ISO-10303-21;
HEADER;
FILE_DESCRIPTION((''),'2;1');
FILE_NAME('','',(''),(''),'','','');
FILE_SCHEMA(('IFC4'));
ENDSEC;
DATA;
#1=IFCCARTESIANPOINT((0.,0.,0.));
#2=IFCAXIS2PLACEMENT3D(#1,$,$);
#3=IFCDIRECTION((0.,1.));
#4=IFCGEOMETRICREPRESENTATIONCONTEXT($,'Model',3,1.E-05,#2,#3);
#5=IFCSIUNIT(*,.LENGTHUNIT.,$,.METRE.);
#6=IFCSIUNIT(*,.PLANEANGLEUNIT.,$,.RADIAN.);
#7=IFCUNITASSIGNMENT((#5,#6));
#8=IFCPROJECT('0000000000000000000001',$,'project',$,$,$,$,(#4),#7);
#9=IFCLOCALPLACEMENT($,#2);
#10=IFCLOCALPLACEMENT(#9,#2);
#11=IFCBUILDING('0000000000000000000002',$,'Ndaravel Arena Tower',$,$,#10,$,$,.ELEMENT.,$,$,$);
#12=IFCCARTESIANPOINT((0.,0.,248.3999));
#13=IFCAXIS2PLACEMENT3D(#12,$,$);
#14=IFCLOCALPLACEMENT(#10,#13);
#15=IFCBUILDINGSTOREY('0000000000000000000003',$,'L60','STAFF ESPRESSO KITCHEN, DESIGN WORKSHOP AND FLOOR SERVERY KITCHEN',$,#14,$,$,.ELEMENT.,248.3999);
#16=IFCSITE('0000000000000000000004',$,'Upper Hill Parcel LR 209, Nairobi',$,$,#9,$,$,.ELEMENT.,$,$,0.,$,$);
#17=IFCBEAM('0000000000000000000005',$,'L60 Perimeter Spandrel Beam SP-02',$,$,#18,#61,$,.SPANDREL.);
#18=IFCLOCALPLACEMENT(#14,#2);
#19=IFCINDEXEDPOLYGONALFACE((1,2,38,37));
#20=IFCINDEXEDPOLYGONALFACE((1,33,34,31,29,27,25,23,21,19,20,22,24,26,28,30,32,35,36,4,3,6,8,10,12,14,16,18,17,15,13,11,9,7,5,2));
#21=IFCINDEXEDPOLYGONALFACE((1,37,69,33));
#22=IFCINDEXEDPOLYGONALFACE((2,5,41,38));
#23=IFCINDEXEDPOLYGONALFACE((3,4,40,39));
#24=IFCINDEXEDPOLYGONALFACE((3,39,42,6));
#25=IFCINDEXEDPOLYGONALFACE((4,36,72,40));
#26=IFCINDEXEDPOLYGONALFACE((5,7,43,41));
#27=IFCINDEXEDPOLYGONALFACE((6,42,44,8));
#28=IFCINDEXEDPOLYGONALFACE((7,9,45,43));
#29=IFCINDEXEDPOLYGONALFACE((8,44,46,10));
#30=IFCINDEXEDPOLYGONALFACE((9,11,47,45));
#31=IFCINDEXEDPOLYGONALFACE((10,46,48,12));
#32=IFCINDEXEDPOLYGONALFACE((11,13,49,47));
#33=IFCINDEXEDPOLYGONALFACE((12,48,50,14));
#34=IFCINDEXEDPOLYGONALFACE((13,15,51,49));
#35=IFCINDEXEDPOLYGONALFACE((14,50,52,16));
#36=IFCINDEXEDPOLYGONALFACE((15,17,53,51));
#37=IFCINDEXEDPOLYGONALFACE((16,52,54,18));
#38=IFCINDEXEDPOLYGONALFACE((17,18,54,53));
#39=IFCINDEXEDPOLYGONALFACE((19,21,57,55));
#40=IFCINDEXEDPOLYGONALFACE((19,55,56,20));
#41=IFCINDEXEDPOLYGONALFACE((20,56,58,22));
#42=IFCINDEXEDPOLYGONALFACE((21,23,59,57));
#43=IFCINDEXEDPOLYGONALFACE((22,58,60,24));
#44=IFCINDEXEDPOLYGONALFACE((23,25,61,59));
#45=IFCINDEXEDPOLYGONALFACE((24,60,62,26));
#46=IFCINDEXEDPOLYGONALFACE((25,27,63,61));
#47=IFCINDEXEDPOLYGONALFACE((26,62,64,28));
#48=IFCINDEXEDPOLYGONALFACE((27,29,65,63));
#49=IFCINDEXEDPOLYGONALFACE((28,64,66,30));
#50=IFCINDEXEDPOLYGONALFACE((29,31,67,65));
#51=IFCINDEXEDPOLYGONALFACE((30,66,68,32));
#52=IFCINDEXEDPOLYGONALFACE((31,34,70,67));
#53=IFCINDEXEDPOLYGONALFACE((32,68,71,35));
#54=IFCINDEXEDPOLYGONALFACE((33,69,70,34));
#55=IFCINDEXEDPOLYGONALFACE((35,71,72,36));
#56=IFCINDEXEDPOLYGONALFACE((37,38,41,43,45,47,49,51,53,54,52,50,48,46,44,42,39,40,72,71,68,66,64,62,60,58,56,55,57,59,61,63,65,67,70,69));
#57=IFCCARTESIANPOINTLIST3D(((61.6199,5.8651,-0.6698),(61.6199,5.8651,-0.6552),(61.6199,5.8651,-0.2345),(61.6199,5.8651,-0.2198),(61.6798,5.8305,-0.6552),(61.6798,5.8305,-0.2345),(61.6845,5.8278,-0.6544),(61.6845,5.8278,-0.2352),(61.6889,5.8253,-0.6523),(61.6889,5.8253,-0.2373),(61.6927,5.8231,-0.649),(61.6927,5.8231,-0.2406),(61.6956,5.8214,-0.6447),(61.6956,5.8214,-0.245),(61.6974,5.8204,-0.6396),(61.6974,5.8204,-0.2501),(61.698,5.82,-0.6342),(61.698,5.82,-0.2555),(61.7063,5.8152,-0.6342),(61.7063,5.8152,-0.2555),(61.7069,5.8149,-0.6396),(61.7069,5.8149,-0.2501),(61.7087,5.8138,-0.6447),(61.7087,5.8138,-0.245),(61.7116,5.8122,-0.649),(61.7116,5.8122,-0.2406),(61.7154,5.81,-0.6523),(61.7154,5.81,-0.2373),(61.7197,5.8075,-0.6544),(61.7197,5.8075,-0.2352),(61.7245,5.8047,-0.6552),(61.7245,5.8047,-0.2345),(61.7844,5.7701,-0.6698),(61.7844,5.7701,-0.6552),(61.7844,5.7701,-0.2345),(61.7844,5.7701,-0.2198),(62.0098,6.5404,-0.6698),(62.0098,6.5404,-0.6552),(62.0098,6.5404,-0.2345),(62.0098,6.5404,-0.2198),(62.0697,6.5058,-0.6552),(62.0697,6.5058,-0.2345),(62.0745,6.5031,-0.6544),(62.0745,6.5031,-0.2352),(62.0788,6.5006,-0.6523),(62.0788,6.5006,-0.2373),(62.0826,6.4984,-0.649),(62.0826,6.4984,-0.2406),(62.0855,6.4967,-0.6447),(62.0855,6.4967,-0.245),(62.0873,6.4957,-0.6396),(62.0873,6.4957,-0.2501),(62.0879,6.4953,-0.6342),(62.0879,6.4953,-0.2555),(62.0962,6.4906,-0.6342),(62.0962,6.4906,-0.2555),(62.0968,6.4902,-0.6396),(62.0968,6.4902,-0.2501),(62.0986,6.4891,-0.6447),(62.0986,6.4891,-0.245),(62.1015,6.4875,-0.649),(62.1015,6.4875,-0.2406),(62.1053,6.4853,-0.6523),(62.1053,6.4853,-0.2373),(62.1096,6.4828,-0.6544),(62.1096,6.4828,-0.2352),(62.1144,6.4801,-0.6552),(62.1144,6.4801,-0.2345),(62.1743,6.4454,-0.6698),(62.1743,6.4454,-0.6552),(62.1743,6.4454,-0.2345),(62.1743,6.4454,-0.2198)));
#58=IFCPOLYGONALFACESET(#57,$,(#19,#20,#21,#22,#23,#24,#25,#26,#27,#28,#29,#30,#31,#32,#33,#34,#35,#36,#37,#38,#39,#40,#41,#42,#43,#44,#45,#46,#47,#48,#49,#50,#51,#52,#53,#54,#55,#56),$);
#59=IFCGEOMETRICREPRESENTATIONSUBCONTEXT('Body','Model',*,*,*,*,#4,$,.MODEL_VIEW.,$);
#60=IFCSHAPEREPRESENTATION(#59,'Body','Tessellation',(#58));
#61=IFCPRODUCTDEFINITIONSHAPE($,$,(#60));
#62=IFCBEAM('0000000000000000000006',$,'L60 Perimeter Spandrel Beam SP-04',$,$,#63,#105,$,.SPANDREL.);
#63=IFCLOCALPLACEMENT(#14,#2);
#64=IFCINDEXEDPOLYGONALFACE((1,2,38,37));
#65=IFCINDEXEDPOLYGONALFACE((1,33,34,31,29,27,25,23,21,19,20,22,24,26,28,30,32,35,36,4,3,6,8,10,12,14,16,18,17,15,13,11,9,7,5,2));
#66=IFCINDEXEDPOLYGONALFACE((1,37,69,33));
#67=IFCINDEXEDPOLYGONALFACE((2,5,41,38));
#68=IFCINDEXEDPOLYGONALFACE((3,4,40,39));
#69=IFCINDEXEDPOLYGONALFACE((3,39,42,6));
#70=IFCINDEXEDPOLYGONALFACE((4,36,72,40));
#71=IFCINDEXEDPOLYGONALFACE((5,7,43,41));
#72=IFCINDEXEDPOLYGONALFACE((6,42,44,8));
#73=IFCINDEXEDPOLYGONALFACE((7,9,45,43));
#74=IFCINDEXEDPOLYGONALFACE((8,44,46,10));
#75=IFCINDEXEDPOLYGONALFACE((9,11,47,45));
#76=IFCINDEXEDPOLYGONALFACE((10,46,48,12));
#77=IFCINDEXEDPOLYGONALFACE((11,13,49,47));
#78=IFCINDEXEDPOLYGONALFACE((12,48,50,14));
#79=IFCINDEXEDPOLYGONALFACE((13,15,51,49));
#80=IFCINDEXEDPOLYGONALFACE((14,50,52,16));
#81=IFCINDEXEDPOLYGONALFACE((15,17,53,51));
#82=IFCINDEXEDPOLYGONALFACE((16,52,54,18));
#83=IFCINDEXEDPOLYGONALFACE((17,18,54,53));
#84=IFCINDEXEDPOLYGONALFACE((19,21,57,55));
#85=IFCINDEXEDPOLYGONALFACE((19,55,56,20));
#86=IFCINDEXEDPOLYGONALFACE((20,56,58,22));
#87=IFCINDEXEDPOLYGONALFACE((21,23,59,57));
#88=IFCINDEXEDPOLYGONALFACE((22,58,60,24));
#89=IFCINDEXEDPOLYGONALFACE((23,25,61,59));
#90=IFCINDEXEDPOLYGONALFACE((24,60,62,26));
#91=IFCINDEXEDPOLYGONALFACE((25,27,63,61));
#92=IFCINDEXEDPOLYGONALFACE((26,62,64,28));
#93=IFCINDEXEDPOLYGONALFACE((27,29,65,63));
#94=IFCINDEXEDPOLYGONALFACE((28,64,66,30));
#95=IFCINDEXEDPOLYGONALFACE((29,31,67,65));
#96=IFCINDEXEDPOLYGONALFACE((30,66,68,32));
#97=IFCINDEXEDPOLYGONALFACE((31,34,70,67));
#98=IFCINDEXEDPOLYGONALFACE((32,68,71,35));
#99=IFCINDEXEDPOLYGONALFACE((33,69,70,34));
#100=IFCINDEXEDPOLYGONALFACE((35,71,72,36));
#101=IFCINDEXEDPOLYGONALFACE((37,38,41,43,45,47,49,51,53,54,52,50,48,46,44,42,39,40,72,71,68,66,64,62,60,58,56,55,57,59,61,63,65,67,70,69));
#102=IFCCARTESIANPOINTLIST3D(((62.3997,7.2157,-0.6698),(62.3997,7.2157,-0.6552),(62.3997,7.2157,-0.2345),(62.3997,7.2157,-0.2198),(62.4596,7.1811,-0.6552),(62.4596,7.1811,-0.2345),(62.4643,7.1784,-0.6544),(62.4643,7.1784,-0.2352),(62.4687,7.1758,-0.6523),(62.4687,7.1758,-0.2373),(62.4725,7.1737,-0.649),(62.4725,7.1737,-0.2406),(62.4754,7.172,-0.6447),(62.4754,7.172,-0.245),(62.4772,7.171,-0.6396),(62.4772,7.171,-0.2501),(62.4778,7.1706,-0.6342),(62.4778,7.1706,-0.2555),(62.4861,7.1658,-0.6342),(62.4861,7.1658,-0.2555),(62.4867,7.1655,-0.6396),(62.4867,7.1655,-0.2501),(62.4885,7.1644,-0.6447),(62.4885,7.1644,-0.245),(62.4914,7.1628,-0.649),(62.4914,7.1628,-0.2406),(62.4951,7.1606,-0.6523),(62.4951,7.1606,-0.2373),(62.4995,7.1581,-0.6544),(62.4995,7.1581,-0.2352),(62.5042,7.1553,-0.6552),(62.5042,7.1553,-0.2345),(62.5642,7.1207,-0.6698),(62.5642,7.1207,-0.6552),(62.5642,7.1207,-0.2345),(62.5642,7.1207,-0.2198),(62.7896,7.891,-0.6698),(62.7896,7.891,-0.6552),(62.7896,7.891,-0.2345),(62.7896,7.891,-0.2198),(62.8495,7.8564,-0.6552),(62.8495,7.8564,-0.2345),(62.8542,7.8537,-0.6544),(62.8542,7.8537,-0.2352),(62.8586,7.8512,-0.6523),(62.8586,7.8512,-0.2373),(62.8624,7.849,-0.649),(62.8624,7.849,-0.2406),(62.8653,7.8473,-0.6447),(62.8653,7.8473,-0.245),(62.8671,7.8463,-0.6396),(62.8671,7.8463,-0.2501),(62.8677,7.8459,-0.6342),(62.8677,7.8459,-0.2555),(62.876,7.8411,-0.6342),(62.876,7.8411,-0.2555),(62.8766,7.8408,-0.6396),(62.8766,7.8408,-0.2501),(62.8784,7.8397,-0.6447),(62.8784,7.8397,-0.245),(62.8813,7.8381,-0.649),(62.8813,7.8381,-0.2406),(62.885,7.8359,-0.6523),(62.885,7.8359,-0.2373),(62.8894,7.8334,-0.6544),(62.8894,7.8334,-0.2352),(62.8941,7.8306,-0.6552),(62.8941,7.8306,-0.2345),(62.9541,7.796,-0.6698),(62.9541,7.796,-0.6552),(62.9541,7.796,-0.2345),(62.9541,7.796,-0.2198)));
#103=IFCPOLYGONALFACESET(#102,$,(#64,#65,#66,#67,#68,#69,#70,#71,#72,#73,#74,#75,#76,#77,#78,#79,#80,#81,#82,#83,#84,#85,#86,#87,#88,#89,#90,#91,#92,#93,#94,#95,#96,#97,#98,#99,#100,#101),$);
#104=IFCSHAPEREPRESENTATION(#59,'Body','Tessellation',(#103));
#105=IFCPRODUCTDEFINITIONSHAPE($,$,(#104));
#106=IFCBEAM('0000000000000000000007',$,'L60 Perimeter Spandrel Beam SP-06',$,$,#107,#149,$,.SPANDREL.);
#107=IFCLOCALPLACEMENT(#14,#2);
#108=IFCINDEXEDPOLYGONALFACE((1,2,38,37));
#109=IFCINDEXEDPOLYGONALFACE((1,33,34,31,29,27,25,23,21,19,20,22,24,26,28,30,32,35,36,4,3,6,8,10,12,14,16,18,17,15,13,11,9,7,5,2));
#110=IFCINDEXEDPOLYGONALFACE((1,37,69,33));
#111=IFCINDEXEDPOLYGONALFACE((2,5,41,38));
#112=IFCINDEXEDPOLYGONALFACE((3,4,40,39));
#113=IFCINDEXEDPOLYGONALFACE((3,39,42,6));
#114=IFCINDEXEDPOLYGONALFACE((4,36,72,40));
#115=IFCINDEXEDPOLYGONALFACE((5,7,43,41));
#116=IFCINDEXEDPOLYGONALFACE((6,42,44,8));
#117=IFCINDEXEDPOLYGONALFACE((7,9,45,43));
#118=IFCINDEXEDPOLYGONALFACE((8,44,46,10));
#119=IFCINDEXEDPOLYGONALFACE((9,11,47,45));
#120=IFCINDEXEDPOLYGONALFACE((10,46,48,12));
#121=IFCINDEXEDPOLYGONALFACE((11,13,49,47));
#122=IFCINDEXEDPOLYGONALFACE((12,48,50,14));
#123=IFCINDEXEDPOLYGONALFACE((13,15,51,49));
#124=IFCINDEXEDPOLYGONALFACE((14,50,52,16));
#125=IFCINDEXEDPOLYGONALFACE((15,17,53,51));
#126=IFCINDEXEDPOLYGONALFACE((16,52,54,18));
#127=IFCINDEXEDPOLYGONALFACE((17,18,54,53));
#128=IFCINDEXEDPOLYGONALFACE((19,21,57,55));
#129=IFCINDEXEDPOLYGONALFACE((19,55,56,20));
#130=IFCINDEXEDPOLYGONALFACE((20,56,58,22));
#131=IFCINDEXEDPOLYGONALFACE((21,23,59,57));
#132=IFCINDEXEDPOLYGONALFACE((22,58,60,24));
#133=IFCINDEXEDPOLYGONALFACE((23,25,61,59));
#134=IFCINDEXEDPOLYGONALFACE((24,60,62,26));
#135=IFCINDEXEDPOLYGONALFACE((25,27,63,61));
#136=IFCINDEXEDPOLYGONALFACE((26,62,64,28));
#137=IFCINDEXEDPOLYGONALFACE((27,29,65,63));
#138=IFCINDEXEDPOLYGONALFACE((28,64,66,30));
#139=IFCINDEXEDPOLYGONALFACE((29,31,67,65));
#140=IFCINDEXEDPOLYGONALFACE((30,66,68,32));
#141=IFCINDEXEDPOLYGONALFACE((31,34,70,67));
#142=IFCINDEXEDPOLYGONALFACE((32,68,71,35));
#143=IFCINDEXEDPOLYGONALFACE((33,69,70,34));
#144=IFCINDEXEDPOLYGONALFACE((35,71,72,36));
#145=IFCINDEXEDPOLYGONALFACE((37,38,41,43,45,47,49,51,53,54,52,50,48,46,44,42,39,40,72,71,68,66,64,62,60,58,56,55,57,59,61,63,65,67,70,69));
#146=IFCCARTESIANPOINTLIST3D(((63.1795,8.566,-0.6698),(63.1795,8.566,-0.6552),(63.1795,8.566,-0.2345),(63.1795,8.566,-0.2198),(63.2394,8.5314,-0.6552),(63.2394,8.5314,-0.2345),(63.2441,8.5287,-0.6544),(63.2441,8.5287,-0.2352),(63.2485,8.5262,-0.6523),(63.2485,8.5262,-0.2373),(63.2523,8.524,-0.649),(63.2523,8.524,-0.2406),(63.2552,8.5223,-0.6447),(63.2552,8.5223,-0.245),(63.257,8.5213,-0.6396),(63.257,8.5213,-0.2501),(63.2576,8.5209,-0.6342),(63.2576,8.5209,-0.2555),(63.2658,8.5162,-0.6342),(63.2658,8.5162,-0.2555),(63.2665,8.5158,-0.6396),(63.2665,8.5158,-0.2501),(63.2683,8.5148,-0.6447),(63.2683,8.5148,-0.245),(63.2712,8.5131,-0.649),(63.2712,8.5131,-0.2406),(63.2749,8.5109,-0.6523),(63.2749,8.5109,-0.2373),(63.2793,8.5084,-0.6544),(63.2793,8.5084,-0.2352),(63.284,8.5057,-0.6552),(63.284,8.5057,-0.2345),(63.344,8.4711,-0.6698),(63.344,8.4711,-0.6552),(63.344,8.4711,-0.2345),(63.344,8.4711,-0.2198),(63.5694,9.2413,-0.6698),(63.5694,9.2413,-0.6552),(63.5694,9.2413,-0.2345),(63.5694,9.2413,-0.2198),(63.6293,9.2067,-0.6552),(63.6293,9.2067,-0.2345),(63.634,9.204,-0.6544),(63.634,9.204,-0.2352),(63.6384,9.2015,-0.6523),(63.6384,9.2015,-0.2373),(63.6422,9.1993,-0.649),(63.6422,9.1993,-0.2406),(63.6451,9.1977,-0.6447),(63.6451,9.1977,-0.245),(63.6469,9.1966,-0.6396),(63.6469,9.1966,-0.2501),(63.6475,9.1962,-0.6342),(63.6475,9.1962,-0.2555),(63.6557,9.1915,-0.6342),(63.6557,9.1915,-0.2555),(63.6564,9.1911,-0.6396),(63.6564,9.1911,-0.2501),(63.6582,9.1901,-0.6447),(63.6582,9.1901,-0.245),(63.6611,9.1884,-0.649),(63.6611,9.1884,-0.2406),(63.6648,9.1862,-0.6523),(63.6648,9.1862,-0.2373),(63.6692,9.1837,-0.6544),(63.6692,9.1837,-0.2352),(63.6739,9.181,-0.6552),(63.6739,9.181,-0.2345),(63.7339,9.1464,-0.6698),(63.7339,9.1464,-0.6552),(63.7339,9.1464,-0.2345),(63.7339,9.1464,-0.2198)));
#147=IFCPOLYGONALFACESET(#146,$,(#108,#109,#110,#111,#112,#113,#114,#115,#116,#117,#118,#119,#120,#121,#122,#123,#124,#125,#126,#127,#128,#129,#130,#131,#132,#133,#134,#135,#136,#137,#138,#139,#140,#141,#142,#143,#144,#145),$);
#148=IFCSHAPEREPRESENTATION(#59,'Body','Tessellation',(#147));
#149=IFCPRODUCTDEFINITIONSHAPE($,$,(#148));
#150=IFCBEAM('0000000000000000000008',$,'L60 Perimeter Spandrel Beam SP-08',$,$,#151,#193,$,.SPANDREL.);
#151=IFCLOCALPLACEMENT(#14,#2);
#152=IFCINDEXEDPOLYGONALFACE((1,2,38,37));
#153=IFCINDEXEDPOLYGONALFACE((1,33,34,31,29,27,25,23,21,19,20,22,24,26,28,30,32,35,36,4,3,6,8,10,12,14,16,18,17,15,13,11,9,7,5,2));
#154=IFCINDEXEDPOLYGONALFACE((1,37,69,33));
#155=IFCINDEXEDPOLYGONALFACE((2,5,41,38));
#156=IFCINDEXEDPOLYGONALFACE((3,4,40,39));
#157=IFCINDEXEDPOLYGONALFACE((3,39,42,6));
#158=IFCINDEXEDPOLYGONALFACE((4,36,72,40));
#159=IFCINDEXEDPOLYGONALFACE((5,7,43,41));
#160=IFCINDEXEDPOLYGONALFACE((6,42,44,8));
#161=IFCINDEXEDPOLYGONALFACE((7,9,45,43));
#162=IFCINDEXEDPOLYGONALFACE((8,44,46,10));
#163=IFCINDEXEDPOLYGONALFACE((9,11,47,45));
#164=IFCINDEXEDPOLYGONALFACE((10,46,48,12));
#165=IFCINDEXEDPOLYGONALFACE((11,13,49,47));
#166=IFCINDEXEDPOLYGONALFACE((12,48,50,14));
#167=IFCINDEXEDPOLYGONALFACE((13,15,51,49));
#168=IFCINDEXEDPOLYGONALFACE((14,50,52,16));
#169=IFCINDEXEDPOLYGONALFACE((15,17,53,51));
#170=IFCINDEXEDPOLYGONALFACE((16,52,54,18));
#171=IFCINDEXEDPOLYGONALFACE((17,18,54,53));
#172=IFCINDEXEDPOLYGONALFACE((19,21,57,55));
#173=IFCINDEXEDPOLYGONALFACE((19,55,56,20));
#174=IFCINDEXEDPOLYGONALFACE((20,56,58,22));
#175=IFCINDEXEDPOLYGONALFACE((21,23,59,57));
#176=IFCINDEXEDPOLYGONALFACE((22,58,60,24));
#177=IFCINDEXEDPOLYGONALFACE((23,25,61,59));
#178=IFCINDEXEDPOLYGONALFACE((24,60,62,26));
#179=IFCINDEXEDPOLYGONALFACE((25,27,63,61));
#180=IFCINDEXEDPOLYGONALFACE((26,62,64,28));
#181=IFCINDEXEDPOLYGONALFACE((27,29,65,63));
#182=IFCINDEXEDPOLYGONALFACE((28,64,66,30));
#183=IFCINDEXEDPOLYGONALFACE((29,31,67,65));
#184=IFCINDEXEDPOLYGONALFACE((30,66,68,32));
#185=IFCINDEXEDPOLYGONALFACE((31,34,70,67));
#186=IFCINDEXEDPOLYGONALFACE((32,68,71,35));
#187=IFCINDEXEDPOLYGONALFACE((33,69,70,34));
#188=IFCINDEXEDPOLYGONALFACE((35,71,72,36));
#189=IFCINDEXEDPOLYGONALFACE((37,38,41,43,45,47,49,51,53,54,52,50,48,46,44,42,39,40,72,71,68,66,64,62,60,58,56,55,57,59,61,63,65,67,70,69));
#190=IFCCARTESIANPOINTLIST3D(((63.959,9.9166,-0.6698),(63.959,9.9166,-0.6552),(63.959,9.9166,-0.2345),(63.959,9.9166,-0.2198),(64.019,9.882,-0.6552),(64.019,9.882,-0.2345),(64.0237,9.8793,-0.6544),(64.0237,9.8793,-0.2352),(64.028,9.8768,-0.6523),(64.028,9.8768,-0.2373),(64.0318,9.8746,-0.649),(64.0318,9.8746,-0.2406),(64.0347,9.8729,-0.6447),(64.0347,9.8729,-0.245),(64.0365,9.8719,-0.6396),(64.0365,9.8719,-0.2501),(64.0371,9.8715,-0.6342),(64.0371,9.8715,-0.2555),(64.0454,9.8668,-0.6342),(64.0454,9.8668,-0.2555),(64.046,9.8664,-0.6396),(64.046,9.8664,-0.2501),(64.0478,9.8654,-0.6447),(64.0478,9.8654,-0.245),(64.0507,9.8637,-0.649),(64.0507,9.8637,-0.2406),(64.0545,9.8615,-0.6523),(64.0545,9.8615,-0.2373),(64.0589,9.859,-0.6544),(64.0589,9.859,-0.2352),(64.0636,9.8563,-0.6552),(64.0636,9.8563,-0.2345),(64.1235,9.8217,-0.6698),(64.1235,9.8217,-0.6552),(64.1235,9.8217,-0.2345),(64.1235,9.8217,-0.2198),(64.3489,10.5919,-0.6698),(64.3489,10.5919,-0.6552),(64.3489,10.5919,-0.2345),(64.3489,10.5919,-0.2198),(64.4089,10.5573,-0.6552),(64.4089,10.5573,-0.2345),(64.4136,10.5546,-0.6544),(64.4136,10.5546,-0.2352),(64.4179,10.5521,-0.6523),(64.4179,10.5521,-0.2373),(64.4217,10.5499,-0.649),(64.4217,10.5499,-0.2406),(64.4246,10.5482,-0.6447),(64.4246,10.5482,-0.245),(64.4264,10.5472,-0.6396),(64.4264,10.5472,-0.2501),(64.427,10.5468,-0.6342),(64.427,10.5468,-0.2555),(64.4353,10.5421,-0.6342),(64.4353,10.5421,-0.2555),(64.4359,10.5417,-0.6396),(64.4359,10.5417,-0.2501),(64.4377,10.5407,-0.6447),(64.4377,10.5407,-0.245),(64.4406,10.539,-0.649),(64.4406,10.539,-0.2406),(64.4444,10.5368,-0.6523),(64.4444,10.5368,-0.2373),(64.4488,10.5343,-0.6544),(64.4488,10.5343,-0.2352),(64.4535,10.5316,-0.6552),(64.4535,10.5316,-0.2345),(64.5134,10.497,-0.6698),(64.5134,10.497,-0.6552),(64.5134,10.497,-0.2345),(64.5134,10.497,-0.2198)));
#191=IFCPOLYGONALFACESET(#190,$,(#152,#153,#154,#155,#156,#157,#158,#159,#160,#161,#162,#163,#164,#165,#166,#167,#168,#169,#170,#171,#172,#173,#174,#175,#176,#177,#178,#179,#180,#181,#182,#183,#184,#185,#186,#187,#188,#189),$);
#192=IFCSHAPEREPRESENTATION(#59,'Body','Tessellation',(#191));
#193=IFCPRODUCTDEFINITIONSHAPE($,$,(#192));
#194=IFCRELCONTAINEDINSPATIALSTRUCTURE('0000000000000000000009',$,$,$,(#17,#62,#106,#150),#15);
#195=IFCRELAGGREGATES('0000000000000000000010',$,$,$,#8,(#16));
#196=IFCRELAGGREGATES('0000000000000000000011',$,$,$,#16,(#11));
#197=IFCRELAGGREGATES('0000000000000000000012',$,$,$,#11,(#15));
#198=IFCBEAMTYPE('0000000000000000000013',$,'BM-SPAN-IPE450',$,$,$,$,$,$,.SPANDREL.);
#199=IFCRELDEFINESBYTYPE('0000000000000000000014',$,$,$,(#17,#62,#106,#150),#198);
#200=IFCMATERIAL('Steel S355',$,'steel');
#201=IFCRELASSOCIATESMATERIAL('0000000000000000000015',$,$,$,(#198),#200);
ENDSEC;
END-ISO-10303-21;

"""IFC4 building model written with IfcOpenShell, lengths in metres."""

from ifc_helpers import new_model, si_unit, direction, frame, origin, origin_2d, place, context, subcontext, project, spatial, i_section, extrude, material, material_profile, profile_set, type_object, element, save


model = new_model("IFC4")

# Units and contexts
model_context = context("Model", 3, precision=1e-05, world=origin(), true_north=direction((0.0, 1.0)))
body_context = subcontext(model_context, "Body", "Model", "MODEL_VIEW")
ifc_project = project(units=[si_unit("LENGTHUNIT", "METRE"), si_unit("PLANEANGLEUNIT", "RADIAN")], contexts=[model_context])

# Site, building, storey
site_placement = place(None, origin())
site = spatial("IfcSite", under=ifc_project, at=site_placement, Name="Upper Hill Parcel LR 209, Nairobi", CompositionType="ELEMENT", RefElevation=0.0)
building_placement = place(site_placement, origin())
building = spatial("IfcBuilding", under=site, at=building_placement, Name="Ndaravel Arena Tower", CompositionType="ELEMENT")
storey_placement = place(building_placement, frame((0.0, 0.0, 248.3999)))
storey = spatial("IfcBuildingStorey", under=building, at=storey_placement, Name="L60", Description="STAFF ESPRESSO KITCHEN, DESIGN WORKSHOP AND FLOOR SERVERY KITCHEN", CompositionType="ELEMENT", Elevation=248.3999)

# Beams
ifc_material_1 = material(Name="Steel S355", Category="steel")
ifc_material_profile_1 = material_profile(ifc_material_1, i_section(OverallWidth=0.1899, OverallDepth=0.45, WebThickness=0.0095, FlangeThickness=0.0146, FilletRadius=0.021, at=origin_2d()), Name="IPE 450")
ifc_profile_set_1 = profile_set([ifc_material_profile_1], Name="Steel S355")
beam_type = type_object("IfcBeamType", Name="BM-SPAN-IPE450", PredefinedType="SPANDREL", material=ifc_profile_set_1)
for number, where, z_axis, x_axis, name in (
    (1, (61.7021, 5.8176, -0.4448), (0.500012, 0.866019, 0.0), (-0.866019, 0.500012, 0.0), "L60 Perimeter Spandrel Beam SP-02"),
    (2, (62.4819, 7.1682, -0.4448), (0.500012, 0.866019, 0.0), (-0.866019, 0.500012, 0.0), "L60 Perimeter Spandrel Beam SP-04"),
    (3, (63.2617, 8.5186, -0.4448), (0.500012, 0.866019, 0.0), (-0.866019, 0.500012, 0.0), "L60 Perimeter Spandrel Beam SP-06"),
    (4, (64.0413, 9.8691, -0.4448), (0.500012, 0.866019, 0.0), (-0.866019, 0.500012, 0.0), "L60 Perimeter Spandrel Beam SP-08"),
):
    element("IfcBeam", number, at=place(storey_placement, frame(where, z_axis=z_axis, x_axis=x_axis)), inside=storey, type_object=beam_type, Name=name, PredefinedType="SPANDREL", context=body_context, shape_type="SweptSolid", body=[
        extrude(i_section(OverallWidth=0.1899, OverallDepth=0.45, WebThickness=0.0095, FlangeThickness=0.0146, FilletRadius=0.021, at=origin_2d()), origin(), (0.0, 0.0, 1.0), 0.7798),
    ])

save(model, "model.ifc")
